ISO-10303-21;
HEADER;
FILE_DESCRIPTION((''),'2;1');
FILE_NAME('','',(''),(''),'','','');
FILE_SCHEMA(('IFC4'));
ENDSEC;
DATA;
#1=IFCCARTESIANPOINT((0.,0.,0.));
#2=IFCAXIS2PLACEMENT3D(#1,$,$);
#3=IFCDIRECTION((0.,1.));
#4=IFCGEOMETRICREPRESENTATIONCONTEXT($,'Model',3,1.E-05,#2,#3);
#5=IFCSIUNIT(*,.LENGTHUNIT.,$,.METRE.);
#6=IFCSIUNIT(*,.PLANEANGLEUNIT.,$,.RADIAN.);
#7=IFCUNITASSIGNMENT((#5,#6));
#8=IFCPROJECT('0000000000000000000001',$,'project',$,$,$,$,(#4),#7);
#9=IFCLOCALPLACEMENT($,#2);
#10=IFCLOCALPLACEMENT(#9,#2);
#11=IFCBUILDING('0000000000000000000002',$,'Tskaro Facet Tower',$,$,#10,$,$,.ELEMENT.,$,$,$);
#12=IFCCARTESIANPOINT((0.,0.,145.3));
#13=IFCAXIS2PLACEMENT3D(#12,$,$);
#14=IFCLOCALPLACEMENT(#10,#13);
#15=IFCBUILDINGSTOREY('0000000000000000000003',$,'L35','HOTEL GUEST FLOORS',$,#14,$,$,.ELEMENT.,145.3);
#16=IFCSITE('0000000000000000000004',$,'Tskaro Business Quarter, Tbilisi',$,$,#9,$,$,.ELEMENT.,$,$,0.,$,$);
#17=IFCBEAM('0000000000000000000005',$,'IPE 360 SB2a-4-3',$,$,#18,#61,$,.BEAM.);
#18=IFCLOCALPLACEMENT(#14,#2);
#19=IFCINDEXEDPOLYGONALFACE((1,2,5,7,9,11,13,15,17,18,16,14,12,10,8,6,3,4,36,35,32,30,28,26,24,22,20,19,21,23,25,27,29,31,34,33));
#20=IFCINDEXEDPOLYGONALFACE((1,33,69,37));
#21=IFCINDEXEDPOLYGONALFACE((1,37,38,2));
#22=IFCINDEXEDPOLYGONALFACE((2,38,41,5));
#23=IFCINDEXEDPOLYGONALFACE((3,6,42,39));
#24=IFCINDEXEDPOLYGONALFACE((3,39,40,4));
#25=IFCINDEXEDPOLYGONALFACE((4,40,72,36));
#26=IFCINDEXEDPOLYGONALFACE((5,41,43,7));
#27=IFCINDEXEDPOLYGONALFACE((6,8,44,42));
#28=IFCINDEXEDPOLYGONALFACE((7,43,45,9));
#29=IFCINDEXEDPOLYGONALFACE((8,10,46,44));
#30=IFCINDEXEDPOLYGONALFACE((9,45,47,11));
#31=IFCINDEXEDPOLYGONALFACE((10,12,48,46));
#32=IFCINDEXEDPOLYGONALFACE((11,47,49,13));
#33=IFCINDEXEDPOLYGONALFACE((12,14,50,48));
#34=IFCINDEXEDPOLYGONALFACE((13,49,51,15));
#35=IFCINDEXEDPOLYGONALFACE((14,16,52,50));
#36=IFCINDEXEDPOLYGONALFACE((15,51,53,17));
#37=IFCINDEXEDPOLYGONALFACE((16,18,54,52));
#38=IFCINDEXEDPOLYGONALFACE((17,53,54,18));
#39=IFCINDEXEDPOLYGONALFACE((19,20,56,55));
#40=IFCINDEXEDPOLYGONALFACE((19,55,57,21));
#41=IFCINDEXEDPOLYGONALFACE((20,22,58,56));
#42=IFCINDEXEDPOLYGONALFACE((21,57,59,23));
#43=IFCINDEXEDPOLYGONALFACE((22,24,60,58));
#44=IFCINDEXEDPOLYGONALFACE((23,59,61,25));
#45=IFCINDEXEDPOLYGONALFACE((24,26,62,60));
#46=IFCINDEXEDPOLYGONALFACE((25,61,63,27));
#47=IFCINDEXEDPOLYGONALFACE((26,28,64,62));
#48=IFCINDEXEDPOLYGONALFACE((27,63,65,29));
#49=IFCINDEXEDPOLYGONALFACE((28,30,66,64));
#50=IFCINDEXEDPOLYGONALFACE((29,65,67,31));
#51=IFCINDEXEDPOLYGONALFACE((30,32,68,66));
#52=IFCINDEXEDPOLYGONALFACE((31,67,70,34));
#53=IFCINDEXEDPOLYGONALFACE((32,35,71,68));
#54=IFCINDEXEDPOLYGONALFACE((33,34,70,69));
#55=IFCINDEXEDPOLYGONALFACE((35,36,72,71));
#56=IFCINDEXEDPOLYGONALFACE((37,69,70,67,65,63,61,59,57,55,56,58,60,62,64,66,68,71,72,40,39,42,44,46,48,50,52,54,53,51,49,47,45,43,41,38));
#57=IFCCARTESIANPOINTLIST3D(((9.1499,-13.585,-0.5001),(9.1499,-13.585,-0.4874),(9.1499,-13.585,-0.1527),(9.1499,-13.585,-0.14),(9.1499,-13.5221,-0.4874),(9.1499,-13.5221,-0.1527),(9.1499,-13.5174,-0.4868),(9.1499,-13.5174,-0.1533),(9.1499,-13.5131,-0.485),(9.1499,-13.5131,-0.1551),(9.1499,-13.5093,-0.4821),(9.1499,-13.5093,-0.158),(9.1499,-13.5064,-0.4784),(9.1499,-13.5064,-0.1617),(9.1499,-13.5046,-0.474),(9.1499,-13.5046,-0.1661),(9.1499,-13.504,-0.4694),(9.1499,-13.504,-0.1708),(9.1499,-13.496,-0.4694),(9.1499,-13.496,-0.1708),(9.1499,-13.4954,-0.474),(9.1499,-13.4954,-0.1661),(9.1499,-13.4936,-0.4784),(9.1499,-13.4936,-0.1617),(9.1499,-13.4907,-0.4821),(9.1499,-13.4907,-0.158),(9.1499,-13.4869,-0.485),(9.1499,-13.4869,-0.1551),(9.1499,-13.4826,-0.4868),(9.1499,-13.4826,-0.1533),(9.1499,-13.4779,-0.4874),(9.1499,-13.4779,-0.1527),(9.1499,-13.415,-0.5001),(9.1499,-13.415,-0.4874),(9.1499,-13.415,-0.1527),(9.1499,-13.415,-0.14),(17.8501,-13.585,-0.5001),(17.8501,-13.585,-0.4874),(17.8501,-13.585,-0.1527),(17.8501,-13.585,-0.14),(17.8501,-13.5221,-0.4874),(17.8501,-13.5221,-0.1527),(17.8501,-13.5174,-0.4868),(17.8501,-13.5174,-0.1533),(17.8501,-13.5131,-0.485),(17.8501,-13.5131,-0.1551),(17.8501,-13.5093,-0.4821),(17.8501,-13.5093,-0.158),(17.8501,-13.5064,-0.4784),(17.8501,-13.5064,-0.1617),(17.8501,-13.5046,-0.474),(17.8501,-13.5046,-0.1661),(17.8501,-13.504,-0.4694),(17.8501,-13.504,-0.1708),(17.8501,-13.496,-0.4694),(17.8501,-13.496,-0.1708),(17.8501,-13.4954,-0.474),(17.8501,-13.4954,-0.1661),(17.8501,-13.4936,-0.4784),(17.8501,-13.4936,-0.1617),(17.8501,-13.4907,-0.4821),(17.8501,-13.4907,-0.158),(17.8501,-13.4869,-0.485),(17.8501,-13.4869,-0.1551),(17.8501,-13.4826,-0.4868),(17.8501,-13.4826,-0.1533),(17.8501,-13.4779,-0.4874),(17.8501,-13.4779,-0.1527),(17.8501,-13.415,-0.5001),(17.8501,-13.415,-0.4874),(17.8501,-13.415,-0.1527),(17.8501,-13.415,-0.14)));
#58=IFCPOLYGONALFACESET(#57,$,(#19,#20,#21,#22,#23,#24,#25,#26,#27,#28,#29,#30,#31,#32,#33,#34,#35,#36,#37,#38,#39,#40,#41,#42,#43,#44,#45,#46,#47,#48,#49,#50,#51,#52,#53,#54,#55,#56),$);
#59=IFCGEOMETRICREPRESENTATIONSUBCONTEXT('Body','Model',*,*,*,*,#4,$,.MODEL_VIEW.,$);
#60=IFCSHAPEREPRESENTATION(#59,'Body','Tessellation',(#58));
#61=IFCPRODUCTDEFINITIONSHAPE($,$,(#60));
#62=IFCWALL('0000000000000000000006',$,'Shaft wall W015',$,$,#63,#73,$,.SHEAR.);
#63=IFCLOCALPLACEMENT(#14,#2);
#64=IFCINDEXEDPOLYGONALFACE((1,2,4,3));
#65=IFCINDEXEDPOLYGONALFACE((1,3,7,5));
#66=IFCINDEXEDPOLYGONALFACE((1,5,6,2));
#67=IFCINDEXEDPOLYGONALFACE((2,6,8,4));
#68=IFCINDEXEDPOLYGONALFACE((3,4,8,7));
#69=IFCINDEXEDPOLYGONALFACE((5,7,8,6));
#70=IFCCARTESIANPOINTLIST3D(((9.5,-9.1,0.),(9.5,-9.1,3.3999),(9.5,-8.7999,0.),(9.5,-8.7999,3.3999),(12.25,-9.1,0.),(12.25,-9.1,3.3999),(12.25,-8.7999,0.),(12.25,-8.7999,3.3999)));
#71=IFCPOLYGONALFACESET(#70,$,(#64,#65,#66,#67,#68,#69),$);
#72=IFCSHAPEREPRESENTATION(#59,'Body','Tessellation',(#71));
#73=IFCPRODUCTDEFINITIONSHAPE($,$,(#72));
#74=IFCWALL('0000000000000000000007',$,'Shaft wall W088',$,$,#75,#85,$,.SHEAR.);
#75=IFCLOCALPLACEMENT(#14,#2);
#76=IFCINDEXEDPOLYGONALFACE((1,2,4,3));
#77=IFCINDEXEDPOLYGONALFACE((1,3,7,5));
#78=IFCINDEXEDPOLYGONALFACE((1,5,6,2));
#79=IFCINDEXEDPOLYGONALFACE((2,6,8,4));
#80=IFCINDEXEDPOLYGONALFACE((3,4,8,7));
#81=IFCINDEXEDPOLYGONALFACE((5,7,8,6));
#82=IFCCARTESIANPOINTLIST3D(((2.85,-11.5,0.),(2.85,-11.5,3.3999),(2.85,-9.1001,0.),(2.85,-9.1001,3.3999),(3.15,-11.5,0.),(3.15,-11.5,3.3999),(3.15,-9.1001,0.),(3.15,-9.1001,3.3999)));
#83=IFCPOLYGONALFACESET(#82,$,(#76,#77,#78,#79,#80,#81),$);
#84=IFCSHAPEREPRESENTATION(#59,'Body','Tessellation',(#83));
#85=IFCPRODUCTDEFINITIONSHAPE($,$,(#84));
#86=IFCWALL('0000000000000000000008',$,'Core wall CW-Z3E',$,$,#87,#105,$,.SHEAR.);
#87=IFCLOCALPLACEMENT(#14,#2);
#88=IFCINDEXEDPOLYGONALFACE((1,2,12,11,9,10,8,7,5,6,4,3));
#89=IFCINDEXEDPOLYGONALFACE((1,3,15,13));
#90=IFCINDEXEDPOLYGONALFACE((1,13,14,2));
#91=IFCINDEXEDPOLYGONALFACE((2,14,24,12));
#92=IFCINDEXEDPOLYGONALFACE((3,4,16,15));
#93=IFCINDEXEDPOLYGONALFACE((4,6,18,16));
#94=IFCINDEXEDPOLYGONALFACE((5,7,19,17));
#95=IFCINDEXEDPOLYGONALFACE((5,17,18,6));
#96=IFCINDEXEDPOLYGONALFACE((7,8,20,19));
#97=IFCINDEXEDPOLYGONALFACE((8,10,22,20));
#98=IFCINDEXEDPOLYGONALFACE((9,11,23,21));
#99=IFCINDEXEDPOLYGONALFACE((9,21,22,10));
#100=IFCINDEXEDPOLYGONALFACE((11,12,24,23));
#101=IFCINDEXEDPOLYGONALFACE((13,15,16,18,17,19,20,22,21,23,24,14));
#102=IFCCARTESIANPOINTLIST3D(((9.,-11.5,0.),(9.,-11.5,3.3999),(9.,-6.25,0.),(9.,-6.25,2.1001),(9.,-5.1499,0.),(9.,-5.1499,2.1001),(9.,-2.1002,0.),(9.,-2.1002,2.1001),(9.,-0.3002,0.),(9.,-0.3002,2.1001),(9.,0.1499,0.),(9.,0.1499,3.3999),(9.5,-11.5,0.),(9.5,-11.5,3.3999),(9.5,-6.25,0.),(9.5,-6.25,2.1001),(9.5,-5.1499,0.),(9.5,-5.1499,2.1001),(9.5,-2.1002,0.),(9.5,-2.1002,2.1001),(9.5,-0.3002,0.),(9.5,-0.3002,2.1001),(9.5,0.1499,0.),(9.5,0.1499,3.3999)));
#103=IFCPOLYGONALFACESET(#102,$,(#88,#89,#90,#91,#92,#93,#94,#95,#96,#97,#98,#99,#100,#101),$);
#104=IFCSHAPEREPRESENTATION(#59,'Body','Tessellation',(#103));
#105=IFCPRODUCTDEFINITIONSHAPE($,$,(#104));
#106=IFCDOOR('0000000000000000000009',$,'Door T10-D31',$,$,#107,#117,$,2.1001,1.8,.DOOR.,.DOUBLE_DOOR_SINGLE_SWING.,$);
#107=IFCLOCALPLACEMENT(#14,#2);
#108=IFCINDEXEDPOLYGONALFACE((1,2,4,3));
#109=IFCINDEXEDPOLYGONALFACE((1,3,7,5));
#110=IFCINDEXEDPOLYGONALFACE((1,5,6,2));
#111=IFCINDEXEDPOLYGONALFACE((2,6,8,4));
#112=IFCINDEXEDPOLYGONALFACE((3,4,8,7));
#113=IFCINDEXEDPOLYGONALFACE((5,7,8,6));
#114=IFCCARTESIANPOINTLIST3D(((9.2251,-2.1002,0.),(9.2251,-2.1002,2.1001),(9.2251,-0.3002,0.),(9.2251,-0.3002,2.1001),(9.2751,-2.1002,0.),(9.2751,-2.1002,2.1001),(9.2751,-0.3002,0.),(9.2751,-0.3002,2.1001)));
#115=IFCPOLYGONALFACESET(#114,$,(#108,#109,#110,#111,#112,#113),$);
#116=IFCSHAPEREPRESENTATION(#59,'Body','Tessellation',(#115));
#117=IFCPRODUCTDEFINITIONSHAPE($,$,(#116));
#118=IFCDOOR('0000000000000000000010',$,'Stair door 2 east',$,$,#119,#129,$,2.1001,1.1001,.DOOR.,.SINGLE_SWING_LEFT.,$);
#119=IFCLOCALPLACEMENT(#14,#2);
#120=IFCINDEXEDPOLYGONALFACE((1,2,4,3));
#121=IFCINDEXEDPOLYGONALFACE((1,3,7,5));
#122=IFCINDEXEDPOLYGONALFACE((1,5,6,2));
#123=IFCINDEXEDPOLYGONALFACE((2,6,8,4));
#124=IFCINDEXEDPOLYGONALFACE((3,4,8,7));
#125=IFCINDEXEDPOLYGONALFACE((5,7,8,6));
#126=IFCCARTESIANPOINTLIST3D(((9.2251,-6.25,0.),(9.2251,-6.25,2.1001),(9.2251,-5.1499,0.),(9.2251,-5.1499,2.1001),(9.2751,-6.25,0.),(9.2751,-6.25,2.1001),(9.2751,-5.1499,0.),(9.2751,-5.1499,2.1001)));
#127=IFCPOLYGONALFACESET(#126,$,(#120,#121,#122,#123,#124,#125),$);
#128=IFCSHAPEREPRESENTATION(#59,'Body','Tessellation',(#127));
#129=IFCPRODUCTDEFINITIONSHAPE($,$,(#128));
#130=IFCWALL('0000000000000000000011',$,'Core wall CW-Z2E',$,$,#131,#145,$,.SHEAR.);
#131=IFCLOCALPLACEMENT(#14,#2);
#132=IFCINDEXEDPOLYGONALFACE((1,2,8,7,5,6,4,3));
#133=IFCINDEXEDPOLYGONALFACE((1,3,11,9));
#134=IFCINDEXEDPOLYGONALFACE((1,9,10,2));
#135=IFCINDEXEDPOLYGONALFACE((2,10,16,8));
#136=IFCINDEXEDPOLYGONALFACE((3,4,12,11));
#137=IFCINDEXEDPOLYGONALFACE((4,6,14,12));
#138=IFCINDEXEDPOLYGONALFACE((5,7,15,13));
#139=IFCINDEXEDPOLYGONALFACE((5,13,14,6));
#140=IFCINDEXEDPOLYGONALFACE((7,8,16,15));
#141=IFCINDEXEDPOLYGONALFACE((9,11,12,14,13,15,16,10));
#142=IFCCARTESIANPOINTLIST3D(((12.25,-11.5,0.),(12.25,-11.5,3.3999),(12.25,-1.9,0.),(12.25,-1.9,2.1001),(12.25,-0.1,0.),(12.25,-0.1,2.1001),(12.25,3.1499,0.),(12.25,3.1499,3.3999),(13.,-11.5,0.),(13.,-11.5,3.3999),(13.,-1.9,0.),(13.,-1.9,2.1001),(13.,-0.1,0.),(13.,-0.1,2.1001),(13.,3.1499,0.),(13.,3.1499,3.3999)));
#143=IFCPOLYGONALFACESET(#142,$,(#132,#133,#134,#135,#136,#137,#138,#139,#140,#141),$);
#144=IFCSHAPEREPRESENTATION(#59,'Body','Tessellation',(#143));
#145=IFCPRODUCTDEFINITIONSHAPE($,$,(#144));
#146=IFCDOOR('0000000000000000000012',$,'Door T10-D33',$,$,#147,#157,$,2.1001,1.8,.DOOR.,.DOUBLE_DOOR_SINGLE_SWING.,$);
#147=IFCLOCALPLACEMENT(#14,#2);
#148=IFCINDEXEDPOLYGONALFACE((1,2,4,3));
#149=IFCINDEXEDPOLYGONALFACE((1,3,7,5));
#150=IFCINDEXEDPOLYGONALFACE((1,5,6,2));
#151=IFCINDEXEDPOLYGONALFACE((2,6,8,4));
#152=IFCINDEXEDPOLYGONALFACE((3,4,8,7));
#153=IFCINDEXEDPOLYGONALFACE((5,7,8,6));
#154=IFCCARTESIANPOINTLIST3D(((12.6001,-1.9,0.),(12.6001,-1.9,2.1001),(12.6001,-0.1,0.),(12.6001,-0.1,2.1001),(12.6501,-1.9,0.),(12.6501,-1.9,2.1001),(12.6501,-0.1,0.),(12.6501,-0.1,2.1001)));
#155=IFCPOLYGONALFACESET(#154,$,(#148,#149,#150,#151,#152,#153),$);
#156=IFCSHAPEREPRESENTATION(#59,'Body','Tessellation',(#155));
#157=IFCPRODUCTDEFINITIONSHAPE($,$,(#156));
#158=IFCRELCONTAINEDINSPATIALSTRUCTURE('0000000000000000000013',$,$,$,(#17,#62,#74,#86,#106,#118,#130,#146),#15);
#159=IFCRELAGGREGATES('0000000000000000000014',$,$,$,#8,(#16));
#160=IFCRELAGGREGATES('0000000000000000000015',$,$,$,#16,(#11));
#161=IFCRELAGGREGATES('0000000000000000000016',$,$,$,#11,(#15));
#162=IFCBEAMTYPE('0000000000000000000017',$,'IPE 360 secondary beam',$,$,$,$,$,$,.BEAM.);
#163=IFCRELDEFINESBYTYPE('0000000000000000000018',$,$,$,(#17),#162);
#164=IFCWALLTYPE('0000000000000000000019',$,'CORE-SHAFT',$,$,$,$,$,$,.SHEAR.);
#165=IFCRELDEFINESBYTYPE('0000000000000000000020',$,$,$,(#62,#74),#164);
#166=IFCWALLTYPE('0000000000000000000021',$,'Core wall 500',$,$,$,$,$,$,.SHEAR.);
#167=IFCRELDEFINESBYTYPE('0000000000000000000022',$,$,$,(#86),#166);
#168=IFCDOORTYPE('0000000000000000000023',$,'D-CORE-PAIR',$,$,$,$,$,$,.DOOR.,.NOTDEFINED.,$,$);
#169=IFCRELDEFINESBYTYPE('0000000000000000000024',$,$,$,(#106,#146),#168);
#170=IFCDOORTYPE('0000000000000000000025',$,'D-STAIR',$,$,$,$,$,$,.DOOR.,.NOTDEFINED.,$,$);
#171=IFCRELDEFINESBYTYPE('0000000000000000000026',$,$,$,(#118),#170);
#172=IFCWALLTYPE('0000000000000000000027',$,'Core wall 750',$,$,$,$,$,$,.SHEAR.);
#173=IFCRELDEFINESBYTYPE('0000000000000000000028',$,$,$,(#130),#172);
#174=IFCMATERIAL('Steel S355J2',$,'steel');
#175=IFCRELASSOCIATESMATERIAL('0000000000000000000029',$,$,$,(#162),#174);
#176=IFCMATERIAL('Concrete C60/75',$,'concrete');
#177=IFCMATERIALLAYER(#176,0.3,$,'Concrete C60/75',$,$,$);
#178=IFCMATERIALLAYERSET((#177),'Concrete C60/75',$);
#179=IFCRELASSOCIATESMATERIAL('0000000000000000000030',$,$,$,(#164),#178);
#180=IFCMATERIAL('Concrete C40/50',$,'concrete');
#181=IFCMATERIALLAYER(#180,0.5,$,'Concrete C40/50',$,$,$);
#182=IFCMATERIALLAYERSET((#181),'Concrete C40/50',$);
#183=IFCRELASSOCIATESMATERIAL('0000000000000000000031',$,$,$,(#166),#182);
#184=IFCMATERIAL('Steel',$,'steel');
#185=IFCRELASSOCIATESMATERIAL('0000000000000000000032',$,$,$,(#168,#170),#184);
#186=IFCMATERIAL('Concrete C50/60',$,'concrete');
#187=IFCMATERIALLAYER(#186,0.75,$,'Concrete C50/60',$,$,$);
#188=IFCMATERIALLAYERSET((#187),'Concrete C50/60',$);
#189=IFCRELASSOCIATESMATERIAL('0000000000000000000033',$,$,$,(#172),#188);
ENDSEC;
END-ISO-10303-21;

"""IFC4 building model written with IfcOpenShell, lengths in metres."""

from ifc_helpers import new_model, si_unit, direction, frame, frame_2d, origin, origin_2d, place, context, subcontext, project, spatial, rectangle, i_section, extrude, material, layer, layer_set, material_profile, profile_set, type_object, element, fill, save


model = new_model("IFC4")

# Units and contexts
model_context = context("Model", 3, precision=1e-05, world=origin(), true_north=direction((0.0, 1.0)))
body_context = subcontext(model_context, "Body", "Model", "MODEL_VIEW")
ifc_project = project(units=[si_unit("LENGTHUNIT", "METRE"), si_unit("PLANEANGLEUNIT", "RADIAN")], contexts=[model_context])

# Site, building, storey
site_placement = place(None, origin())
site = spatial("IfcSite", under=ifc_project, at=site_placement, Name="Tskaro Business Quarter, Tbilisi", CompositionType="ELEMENT", RefElevation=0.0)
building_placement = place(site_placement, origin())
building = spatial("IfcBuilding", under=site, at=building_placement, Name="Tskaro Facet Tower", CompositionType="ELEMENT")
storey_placement = place(building_placement, frame((0.0, 0.0, 145.3)))
storey = spatial("IfcBuildingStorey", under=building, at=storey_placement, Name="L35", Description="HOTEL GUEST FLOORS", CompositionType="ELEMENT", Elevation=145.3)

# Beam
ifc_material_1 = material(Name="Steel S355J2", Category="steel")
ifc_material_profile = material_profile(ifc_material_1, i_section(OverallWidth=0.1699, OverallDepth=0.3601, WebThickness=0.0081, FlangeThickness=0.0127, FilletRadius=0.0181, at=origin_2d()), Name="IPE 360")
ifc_profile_set = profile_set([ifc_material_profile], Name="Steel S355J2")
beam_type = type_object("IfcBeamType", Name="IPE 360 secondary beam", PredefinedType="BEAM", material=ifc_profile_set)
beam_placement = place(storey_placement, frame((9.1499, -13.5, -0.3201), z_axis=(1.0, 0.0, 0.0), x_axis=(0.0, 1.0, 0.0)))
element("IfcBeam", 1, at=beam_placement, inside=storey, type_object=beam_type, Name="IPE 360 SB2a-4-3", PredefinedType="BEAM", context=body_context, shape_type="SweptSolid", body=[
    extrude(i_section(OverallWidth=0.1699, OverallDepth=0.3601, WebThickness=0.0081, FlangeThickness=0.0127, FilletRadius=0.0181, at=origin_2d()), origin(), (0.0, 0.0, 1.0), 8.7002),
])

# Walls
ifc_material_2 = material(Name="Concrete C60/75", Category="concrete")
ifc_layer_1 = layer(ifc_material_2, 0.3, Name="Concrete C60/75")
ifc_layer_set_1 = layer_set([ifc_layer_1], Name="Concrete C60/75")
wall_type_1 = type_object("IfcWallType", Name="CORE-SHAFT", PredefinedType="SHEAR", material=ifc_layer_set_1)
wall_1_placement = place(storey_placement, frame((9.5, -8.95, 0.0), z_axis=(0.0, 0.0, 1.0), x_axis=(1.0, 0.0, 0.0)))
element("IfcWall", 2, at=wall_1_placement, inside=storey, type_object=wall_type_1, Name="Shaft wall W015", PredefinedType="SHEAR", context=body_context, shape_type="SweptSolid", body=[
    extrude(rectangle(XDim=2.75, YDim=0.3, at=frame_2d((1.375, 0.0))), origin(), (0.0, 0.0, 1.0), 3.3999),
])
wall_2_placement = place(storey_placement, frame((3.0, -11.5, 0.0), z_axis=(0.0, 0.0, 1.0), x_axis=(0.0, 1.0, 0.0)))
element("IfcWall", 3, at=wall_2_placement, inside=storey, type_object=wall_type_1, Name="Shaft wall W088", PredefinedType="SHEAR", context=body_context, shape_type="SweptSolid", body=[
    extrude(rectangle(XDim=2.3999, YDim=0.3, at=frame_2d((1.2, 0.0))), origin(), (0.0, 0.0, 1.0), 3.3999),
])

# Wall, openings, doors
ifc_material_3 = material(Name="Concrete C40/50", Category="concrete")
ifc_layer_2 = layer(ifc_material_3, 0.5, Name="Concrete C40/50")
ifc_layer_set_2 = layer_set([ifc_layer_2], Name="Concrete C40/50")
wall_type_2 = type_object("IfcWallType", Name="Core wall 500", PredefinedType="SHEAR", material=ifc_layer_set_2)
wall_3_placement = place(storey_placement, frame((9.25, -11.5, 0.0), z_axis=(0.0, 0.0, 1.0), x_axis=(0.0, 1.0, 0.0)))
wall_3 = element("IfcWall", 4, at=wall_3_placement, inside=storey, type_object=wall_type_2, Name="Core wall CW-Z3E", PredefinedType="SHEAR", context=body_context, shape_type="SweptSolid", body=[
    extrude(rectangle(XDim=11.6499, YDim=0.5, at=frame_2d((5.825, 0.0))), origin(), (0.0, 0.0, 1.0), 3.3999),
])
opening_1_placement = place(wall_3_placement, frame((9.3999, 0.0, 0.0)))
opening_1 = element("IfcOpeningElement", 5, at=opening_1_placement, cuts=wall_3, PredefinedType="OPENING", context=body_context, shape_type="SweptSolid", body=[
    extrude(rectangle(XDim=1.8, YDim=2.1001, at=frame_2d((0.8999, 1.05))), frame((0.0, 0.26, 0.0), z_axis=(0.0, -1.0, 0.0), x_axis=(1.0, 0.0, 0.0)), (0.0, 0.0, 1.0), 0.52),
])
opening_2_placement = place(wall_3_placement, frame((5.25, 0.0, 0.0)))
opening_2 = element("IfcOpeningElement", 6, at=opening_2_placement, cuts=wall_3, PredefinedType="OPENING", context=body_context, shape_type="SweptSolid", body=[
    extrude(rectangle(XDim=1.1001, YDim=2.1001, at=frame_2d((0.55, 1.05))), frame((0.0, 0.26, 0.0), z_axis=(0.0, -1.0, 0.0), x_axis=(1.0, 0.0, 0.0)), (0.0, 0.0, 1.0), 0.52),
])
ifc_material_4 = material(Name="Steel", Category="steel")
door_type_1 = type_object("IfcDoorType", Name="D-CORE-PAIR", OperationType="NOTDEFINED", PredefinedType="DOOR", material=ifc_material_4)
door_1_placement = place(opening_1_placement, origin())
door_1 = element("IfcDoor", 7, at=door_1_placement, inside=storey, type_object=door_type_1, Name="Door T10-D31", OperationType="DOUBLE_DOOR_SINGLE_SWING", OverallHeight=2.1001, OverallWidth=1.8, PredefinedType="DOOR", context=body_context, shape_type="SweptSolid", body=[
    extrude(rectangle(XDim=1.8, YDim=2.1001, at=frame_2d((0.8999, 1.05))), frame((0.0, 0.0249, 0.0), z_axis=(0.0, -1.0, 0.0), x_axis=(1.0, 0.0, 0.0)), (0.0, 0.0, 1.0), 0.05),
])
fill(opening_1, door_1)
door_type_2 = type_object("IfcDoorType", Name="D-STAIR", OperationType="NOTDEFINED", PredefinedType="DOOR", material=ifc_material_4)
door_2_placement = place(opening_2_placement, origin())
door_2 = element("IfcDoor", 8, at=door_2_placement, inside=storey, type_object=door_type_2, Name="Stair door 2 east", OperationType="SINGLE_SWING_LEFT", OverallHeight=2.1001, OverallWidth=1.1001, PredefinedType="DOOR", context=body_context, shape_type="SweptSolid", body=[
    extrude(rectangle(XDim=1.1001, YDim=2.1001, at=frame_2d((0.55, 1.05))), frame((0.0, 0.0249, 0.0), z_axis=(0.0, -1.0, 0.0), x_axis=(1.0, 0.0, 0.0)), (0.0, 0.0, 1.0), 0.05),
])
fill(opening_2, door_2)

# Wall, opening, door
ifc_material_5 = material(Name="Concrete C50/60", Category="concrete")
ifc_layer_3 = layer(ifc_material_5, 0.75, Name="Concrete C50/60")
ifc_layer_set_3 = layer_set([ifc_layer_3], Name="Concrete C50/60")
wall_type_3 = type_object("IfcWallType", Name="Core wall 750", PredefinedType="SHEAR", material=ifc_layer_set_3)
wall_4_placement = place(storey_placement, frame((12.625, -11.5, 0.0), z_axis=(0.0, 0.0, 1.0), x_axis=(0.0, 1.0, 0.0)))
wall_4 = element("IfcWall", 9, at=wall_4_placement, inside=storey, type_object=wall_type_3, Name="Core wall CW-Z2E", PredefinedType="SHEAR", context=body_context, shape_type="SweptSolid", body=[
    extrude(rectangle(XDim=14.6499, YDim=0.75, at=frame_2d((7.325, 0.0))), origin(), (0.0, 0.0, 1.0), 3.3999),
])
opening_3_placement = place(wall_4_placement, frame((9.6001, 0.0, 0.0)))
opening_3 = element("IfcOpeningElement", 10, at=opening_3_placement, cuts=wall_4, PredefinedType="OPENING", context=body_context, shape_type="SweptSolid", body=[
    extrude(rectangle(XDim=1.8, YDim=2.1001, at=frame_2d((0.8999, 1.05))), frame((0.0, 0.385, 0.0), z_axis=(0.0, -1.0, 0.0), x_axis=(1.0, 0.0, 0.0)), (0.0, 0.0, 1.0), 0.77),
])
door_3_placement = place(opening_3_placement, origin())
door_3 = element("IfcDoor", 11, at=door_3_placement, inside=storey, type_object=door_type_1, Name="Door T10-D33", OperationType="DOUBLE_DOOR_SINGLE_SWING", OverallHeight=2.1001, OverallWidth=1.8, PredefinedType="DOOR", context=body_context, shape_type="SweptSolid", body=[
    extrude(rectangle(XDim=1.8, YDim=2.1001, at=frame_2d((0.8999, 1.05))), frame((0.0, 0.0249, 0.0), z_axis=(0.0, -1.0, 0.0), x_axis=(1.0, 0.0, 0.0)), (0.0, 0.0, 1.0), 0.05),
])
fill(opening_3, door_3)

save(model, "model.ifc")
